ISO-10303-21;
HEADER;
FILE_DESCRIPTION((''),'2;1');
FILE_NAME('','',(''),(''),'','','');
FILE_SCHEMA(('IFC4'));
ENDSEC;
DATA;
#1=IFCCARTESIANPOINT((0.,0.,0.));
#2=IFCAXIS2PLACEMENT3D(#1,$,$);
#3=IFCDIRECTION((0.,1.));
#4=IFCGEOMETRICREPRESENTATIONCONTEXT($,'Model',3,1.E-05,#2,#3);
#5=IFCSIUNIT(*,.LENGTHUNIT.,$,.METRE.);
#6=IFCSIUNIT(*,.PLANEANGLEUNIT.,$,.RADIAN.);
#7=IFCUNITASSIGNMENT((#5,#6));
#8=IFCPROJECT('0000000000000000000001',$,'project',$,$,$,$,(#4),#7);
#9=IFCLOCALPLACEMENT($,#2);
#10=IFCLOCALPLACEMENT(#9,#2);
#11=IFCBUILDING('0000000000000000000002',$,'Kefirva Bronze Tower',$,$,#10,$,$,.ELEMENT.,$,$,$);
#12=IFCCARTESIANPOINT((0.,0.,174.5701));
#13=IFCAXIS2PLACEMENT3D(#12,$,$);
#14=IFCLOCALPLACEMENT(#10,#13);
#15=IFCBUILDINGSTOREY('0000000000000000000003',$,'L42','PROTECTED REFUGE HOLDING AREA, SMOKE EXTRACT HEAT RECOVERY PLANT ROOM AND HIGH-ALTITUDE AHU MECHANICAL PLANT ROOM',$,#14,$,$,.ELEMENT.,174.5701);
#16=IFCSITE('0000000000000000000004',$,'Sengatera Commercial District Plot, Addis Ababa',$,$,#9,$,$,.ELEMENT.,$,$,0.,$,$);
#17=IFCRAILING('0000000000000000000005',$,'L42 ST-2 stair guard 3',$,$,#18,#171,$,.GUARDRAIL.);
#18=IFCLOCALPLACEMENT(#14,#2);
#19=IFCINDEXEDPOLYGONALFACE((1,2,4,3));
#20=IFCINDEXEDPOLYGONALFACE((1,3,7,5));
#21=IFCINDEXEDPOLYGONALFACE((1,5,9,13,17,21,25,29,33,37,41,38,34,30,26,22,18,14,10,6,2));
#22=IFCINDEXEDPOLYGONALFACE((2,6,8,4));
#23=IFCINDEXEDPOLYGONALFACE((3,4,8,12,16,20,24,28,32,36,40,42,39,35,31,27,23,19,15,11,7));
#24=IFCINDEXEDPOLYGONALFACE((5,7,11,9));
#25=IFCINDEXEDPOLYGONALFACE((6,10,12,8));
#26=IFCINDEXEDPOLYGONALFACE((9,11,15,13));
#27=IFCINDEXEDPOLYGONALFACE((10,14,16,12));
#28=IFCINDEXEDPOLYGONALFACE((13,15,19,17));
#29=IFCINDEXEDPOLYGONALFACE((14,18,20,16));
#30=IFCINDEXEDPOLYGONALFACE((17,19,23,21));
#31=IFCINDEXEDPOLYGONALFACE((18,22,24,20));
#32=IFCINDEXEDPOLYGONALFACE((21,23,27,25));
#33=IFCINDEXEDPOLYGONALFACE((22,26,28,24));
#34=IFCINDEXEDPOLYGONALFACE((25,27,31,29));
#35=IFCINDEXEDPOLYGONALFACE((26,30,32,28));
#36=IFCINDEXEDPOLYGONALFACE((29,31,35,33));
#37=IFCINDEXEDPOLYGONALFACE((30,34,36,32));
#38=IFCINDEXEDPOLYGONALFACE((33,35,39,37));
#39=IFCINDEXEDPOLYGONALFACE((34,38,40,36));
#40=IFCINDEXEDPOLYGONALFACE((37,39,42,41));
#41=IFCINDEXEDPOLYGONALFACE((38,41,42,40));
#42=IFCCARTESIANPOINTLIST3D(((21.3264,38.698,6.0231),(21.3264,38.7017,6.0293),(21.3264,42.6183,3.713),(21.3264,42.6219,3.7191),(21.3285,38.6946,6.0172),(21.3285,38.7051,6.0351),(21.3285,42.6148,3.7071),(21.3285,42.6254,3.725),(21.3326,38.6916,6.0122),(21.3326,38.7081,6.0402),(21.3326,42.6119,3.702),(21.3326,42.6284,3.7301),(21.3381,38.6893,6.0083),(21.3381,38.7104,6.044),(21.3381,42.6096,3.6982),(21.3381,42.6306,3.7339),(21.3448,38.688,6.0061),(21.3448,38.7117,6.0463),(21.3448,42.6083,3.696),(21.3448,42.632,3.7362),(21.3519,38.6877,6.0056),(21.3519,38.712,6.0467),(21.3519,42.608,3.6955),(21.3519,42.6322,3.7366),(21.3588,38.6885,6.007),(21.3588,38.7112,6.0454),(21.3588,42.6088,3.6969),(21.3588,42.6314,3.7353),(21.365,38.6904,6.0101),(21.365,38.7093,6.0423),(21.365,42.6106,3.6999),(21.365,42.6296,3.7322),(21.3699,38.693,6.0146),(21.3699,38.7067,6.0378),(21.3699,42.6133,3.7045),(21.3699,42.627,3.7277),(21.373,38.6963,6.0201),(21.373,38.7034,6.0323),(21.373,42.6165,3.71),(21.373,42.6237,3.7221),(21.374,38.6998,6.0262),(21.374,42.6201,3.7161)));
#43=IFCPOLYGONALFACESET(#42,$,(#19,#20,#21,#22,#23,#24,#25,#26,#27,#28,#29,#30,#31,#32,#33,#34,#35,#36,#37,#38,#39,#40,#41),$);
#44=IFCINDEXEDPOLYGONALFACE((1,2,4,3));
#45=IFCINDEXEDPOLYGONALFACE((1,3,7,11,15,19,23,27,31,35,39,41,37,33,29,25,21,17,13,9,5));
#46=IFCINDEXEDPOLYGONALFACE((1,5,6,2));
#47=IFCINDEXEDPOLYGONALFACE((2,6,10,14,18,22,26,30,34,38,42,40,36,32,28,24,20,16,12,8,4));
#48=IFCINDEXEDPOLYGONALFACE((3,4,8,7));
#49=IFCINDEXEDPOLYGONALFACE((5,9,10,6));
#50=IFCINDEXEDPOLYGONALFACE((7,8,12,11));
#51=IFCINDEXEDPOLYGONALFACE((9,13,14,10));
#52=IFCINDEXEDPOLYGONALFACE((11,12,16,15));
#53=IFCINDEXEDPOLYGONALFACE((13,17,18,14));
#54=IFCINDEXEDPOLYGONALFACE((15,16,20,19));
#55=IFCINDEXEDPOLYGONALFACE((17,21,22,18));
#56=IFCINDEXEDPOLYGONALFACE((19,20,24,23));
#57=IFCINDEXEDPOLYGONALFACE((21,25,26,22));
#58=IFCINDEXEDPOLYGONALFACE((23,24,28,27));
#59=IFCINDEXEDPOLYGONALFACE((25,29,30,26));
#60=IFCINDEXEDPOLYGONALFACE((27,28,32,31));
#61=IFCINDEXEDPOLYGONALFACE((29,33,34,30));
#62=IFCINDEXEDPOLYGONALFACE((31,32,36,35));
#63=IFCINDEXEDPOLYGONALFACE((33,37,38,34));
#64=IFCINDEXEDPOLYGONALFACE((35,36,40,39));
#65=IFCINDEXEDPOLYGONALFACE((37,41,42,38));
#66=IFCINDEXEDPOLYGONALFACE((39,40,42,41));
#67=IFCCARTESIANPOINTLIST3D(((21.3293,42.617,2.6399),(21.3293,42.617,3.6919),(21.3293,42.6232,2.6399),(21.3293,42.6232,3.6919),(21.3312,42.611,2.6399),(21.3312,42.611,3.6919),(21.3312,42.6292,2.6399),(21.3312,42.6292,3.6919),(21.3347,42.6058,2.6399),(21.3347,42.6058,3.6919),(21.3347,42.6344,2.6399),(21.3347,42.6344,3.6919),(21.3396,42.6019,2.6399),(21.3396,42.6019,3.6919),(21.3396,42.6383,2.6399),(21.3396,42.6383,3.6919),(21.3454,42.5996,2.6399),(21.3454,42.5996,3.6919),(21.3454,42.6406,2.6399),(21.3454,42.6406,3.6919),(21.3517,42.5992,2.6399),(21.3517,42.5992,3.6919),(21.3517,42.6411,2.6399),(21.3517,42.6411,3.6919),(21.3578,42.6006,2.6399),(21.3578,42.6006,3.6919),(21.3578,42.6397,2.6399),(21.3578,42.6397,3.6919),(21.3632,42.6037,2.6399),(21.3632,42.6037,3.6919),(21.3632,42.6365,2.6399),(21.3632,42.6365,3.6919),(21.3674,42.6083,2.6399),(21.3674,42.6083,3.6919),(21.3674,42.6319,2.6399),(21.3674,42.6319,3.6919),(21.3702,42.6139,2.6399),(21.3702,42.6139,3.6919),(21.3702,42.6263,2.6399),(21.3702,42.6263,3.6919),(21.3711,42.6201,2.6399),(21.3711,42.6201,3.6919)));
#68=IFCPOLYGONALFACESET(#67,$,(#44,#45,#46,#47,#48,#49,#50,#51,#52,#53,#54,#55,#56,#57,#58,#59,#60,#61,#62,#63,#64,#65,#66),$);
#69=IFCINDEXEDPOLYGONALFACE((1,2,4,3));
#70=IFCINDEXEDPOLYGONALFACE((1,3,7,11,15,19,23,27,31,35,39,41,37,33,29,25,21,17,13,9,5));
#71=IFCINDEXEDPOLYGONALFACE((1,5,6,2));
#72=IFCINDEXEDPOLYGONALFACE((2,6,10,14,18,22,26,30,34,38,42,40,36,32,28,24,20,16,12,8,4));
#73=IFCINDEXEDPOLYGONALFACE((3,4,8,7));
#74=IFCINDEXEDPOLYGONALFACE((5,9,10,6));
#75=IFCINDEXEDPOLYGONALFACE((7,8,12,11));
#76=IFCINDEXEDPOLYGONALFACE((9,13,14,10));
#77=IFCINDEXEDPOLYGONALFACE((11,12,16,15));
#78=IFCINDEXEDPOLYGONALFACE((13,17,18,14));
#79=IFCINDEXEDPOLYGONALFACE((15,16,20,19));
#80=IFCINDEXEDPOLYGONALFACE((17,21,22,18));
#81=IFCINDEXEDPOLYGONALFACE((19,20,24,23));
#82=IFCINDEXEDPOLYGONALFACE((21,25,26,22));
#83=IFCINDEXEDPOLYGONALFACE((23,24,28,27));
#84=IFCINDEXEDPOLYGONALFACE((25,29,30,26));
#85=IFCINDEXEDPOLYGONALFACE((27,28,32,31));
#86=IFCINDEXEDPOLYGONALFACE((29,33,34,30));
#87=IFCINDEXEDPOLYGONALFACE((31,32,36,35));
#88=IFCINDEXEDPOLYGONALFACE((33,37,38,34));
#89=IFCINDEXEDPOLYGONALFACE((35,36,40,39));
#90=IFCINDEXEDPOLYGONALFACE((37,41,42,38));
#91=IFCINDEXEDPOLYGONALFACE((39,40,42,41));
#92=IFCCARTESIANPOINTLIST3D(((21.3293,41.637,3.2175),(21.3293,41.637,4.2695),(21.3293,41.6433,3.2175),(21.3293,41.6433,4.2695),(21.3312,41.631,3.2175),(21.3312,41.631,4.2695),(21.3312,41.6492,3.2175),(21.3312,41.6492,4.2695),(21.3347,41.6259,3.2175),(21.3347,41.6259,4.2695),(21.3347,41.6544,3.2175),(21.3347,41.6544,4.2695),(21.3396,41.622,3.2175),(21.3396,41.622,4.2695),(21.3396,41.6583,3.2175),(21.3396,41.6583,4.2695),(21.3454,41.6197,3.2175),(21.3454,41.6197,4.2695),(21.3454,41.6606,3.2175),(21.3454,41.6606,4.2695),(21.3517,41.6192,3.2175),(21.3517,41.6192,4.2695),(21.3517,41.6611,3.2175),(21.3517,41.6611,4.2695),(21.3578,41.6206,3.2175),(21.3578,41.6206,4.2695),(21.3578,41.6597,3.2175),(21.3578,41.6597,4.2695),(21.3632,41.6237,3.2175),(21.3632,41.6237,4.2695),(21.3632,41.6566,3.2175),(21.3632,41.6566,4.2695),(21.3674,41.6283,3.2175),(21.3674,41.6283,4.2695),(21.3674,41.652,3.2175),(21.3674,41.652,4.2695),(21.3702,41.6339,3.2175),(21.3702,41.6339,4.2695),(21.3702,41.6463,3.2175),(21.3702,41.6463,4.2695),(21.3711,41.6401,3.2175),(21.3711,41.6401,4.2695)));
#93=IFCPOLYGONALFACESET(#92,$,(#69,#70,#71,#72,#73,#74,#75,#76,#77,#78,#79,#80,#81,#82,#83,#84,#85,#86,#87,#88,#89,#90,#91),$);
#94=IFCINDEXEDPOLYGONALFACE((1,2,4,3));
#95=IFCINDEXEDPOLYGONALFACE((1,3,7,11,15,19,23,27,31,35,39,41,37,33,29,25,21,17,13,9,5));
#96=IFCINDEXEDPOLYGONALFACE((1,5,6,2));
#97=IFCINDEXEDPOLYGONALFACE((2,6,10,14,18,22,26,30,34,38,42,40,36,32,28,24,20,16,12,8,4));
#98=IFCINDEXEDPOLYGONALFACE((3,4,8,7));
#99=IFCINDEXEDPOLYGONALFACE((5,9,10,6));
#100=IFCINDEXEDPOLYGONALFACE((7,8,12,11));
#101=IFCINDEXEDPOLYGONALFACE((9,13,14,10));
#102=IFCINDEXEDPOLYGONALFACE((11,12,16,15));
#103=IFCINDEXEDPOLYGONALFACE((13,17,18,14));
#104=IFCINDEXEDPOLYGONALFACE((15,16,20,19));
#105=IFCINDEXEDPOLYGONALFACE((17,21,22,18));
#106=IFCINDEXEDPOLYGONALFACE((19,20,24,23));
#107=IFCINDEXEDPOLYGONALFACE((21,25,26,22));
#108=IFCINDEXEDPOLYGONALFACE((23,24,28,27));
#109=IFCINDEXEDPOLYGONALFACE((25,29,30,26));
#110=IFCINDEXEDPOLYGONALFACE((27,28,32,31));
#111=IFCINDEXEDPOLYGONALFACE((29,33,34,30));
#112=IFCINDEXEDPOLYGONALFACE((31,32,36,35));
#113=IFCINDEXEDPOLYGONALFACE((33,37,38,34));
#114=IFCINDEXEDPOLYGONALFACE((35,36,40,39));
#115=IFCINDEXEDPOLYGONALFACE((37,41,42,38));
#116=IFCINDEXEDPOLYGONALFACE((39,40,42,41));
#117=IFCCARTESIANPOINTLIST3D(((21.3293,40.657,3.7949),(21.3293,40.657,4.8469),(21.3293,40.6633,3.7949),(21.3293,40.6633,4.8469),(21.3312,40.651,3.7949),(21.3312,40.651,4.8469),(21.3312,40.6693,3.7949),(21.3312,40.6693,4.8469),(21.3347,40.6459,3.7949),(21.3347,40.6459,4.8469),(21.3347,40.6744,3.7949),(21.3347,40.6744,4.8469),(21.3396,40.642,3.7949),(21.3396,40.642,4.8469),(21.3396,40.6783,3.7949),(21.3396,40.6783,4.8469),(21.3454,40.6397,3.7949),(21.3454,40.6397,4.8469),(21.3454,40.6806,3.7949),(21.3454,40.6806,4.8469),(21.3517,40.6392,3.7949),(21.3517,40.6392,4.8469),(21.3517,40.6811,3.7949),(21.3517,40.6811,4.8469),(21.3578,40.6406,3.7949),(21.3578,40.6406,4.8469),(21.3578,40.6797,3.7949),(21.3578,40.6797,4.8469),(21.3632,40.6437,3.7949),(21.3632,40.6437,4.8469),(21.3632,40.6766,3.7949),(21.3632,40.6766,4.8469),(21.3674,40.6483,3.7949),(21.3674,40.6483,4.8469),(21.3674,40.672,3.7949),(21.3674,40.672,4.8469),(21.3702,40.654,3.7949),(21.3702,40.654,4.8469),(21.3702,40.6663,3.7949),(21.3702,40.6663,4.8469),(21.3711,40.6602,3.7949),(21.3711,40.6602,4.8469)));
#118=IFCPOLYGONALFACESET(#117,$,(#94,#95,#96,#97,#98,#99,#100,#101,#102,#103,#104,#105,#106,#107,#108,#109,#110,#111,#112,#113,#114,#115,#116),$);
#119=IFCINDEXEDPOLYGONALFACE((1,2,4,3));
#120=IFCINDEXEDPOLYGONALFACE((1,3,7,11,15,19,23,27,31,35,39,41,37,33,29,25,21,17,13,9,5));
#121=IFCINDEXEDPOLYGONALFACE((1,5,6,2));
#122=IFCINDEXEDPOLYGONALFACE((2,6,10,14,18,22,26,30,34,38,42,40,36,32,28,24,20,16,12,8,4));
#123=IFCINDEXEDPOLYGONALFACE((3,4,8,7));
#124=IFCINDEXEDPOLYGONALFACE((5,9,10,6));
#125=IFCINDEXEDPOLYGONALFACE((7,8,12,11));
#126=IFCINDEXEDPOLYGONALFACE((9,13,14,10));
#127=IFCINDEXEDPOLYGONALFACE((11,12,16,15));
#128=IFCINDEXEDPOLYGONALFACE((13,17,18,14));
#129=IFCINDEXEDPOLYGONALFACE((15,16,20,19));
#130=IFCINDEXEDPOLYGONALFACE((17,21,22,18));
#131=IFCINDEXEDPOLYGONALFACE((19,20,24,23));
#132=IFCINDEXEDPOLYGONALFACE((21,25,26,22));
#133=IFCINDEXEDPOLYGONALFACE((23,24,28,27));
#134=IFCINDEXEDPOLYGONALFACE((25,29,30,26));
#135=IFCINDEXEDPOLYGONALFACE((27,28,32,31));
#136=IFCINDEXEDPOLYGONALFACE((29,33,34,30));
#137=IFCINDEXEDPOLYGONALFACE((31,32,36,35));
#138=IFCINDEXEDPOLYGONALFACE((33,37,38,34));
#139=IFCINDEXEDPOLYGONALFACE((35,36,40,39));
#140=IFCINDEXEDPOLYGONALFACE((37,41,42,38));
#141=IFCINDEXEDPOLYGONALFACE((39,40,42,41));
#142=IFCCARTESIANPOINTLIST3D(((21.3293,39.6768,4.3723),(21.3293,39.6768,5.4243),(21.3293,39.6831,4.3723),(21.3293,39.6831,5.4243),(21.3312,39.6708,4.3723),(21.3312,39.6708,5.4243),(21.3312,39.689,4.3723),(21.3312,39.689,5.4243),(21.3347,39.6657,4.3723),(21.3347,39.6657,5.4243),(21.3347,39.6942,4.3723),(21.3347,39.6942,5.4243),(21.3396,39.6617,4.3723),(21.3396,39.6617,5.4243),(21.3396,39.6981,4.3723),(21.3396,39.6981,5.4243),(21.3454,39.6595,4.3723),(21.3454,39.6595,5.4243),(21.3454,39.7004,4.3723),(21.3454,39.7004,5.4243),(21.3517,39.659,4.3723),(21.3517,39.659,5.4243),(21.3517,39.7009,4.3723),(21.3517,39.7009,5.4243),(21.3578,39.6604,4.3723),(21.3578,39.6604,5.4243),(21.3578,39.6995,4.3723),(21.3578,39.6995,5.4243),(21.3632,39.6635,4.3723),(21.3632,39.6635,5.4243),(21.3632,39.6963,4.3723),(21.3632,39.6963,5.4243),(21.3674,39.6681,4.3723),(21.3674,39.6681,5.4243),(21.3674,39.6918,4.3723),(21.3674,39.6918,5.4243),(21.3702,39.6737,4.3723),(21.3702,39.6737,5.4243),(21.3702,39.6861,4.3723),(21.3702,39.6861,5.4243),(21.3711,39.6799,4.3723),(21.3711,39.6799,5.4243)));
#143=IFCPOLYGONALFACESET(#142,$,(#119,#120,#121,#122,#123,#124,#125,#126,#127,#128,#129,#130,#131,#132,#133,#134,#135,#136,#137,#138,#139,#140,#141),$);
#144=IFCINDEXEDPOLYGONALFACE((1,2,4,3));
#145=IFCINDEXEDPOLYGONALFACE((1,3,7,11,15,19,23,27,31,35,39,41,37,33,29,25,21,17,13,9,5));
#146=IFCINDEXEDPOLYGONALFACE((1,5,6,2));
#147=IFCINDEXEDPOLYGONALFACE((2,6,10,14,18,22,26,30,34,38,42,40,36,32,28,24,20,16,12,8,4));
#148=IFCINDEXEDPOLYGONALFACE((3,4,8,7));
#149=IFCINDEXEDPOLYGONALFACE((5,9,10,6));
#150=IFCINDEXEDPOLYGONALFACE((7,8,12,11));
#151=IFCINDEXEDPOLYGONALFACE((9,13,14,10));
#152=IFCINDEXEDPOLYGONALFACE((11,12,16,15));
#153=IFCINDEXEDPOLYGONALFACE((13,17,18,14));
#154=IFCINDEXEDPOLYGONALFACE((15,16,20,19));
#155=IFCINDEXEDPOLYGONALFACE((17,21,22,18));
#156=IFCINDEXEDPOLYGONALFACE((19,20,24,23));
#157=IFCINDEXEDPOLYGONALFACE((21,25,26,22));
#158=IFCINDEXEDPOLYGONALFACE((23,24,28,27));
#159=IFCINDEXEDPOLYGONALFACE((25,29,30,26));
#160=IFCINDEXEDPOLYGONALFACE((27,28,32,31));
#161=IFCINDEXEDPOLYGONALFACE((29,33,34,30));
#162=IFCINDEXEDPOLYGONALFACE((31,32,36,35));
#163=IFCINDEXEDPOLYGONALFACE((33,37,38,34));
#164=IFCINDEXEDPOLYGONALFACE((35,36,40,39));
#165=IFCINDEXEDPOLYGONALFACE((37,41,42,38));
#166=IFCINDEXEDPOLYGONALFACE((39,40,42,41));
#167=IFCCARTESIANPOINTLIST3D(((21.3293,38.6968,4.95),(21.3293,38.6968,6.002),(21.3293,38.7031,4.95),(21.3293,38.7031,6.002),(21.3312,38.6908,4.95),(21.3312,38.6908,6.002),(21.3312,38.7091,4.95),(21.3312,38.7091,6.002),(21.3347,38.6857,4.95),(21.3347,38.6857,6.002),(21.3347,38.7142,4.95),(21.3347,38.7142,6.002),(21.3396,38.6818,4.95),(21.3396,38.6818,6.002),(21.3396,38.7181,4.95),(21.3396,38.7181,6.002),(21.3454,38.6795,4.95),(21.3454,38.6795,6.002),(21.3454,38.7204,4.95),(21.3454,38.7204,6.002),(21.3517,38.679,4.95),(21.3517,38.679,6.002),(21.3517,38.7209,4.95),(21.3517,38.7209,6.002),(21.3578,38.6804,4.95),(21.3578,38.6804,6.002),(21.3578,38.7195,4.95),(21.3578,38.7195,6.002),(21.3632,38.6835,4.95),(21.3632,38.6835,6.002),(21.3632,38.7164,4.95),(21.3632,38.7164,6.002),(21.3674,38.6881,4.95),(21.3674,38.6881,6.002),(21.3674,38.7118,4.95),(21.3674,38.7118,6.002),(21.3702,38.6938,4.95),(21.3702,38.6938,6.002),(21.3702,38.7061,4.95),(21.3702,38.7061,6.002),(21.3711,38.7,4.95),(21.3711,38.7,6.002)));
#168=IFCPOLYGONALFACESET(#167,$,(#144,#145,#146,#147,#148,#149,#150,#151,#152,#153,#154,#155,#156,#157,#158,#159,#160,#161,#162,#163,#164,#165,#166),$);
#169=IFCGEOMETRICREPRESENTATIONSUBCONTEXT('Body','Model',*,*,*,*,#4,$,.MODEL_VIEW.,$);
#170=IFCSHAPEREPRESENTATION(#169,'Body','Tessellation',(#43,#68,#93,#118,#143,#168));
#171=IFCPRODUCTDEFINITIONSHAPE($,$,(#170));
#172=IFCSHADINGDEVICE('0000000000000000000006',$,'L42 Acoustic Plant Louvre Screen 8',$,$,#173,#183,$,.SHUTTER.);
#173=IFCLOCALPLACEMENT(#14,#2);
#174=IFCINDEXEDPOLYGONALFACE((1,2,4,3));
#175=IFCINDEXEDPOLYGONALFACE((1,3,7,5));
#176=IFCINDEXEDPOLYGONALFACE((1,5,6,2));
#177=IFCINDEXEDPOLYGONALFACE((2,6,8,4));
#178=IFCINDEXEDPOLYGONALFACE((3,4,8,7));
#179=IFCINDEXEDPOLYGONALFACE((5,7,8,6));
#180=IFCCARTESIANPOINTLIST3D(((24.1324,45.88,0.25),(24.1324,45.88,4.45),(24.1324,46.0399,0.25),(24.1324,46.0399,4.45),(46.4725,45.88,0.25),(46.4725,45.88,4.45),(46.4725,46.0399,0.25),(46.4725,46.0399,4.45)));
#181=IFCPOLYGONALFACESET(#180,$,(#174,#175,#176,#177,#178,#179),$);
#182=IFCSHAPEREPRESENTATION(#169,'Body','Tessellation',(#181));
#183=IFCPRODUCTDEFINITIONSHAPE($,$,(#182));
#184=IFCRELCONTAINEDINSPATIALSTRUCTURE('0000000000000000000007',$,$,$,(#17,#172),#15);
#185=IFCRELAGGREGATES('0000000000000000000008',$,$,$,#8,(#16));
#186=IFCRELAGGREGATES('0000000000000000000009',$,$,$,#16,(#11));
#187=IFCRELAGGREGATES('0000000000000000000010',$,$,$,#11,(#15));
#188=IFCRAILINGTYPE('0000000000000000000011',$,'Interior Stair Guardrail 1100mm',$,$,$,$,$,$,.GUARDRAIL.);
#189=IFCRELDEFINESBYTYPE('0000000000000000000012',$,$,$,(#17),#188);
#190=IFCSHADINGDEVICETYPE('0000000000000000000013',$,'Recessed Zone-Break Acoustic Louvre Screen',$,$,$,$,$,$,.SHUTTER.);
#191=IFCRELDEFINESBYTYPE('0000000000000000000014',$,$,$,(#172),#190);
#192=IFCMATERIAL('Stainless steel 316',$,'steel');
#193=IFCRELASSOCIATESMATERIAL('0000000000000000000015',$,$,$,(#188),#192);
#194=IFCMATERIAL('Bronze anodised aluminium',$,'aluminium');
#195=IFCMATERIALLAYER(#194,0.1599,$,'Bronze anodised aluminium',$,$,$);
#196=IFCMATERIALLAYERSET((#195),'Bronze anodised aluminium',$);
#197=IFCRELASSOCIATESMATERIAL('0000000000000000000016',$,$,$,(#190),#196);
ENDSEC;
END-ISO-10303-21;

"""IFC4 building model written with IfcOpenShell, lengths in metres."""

from ifc_helpers import new_model, si_unit, direction, frame, origin, origin_2d, place, context, subcontext, project, spatial, rectangle, circle, extrude, material, layer, layer_set, type_object, element, save


model = new_model("IFC4")

# Units and contexts
model_context = context("Model", 3, precision=1e-05, world=origin(), true_north=direction((0.0, 1.0)))
body_context = subcontext(model_context, "Body", "Model", "MODEL_VIEW")
ifc_project = project(units=[si_unit("LENGTHUNIT", "METRE"), si_unit("PLANEANGLEUNIT", "RADIAN")], contexts=[model_context])

# Site, building, storey
site_placement = place(None, origin())
site = spatial("IfcSite", under=ifc_project, at=site_placement, Name="Sengatera Commercial District Plot, Addis Ababa", CompositionType="ELEMENT", RefElevation=0.0)
building_placement = place(site_placement, origin())
building = spatial("IfcBuilding", under=site, at=building_placement, Name="Kefirva Bronze Tower", CompositionType="ELEMENT")
storey_placement = place(building_placement, frame((0.0, 0.0, 174.5701)))
storey = spatial("IfcBuildingStorey", under=building, at=storey_placement, Name="L42", Description="PROTECTED REFUGE HOLDING AREA, SMOKE EXTRACT HEAT RECOVERY PLANT ROOM AND HIGH-ALTITUDE AHU MECHANICAL PLANT ROOM", CompositionType="ELEMENT", Elevation=174.5701)

# Shared definitions
ifc_material_1 = material(Name="Bronze anodised aluminium", Category="aluminium")

# Railing
ifc_material_2 = material(Name="Stainless steel 316", Category="steel")
railing_type_1 = type_object("IfcRailingType", Name="Interior Stair Guardrail 1100mm", PredefinedType="GUARDRAIL", material=ifc_material_2)
railing_1_placement = place(storey_placement, frame((21.3501, 42.6201, 2.6399)))
element("IfcRailing", 1, at=railing_1_placement, inside=storey, type_object=railing_type_1, Name="L42 ST-2 stair guard 3", PredefinedType="GUARDRAIL", context=body_context, shape_type="SweptSolid", body=[
    extrude(circle(Radius=0.0239, at=origin_2d()), frame((0.0, 0.0, 1.0762), z_axis=(0.0, -0.861542, 0.507686), x_axis=(1.0, 0.0, 0.0)), (0.0, 0.0, 1.0), 4.5503),
    extrude(circle(Radius=0.021, at=origin_2d()), origin(), (0.0, 0.0, 1.0), 1.052),
    extrude(circle(Radius=0.021, at=origin_2d()), frame((0.0, -0.98, 0.5776)), (0.0, 0.0, 1.0), 1.052),
    extrude(circle(Radius=0.021, at=origin_2d()), frame((0.0, -1.96, 1.155)), (0.0, 0.0, 1.0), 1.052),
    extrude(circle(Radius=0.021, at=origin_2d()), frame((0.0, -2.9402, 1.7324)), (0.0, 0.0, 1.0), 1.052),
    extrude(circle(Radius=0.021, at=origin_2d()), frame((0.0, -3.9202, 2.3101)), (0.0, 0.0, 1.0), 1.052),
])

# Shading device
ifc_layer_1 = layer(ifc_material_1, 0.1599, Name="Bronze anodised aluminium")
ifc_layer_set_1 = layer_set([ifc_layer_1], Name="Bronze anodised aluminium")
shading_device_type_1 = type_object("IfcShadingDeviceType", Name="Recessed Zone-Break Acoustic Louvre Screen", PredefinedType="SHUTTER", material=ifc_layer_set_1)
shading_device_1_placement = place(storey_placement, frame((35.3025, 45.96, 0.25), z_axis=(0.0, 0.0, 1.0), x_axis=(-1.0, 0.0, 0.0)))
element("IfcShadingDevice", 2, at=shading_device_1_placement, inside=storey, type_object=shading_device_type_1, Name="L42 Acoustic Plant Louvre Screen 8", PredefinedType="SHUTTER", context=body_context, shape_type="SweptSolid", body=[
    extrude(rectangle(XDim=22.3401, YDim=0.1599, at=origin_2d()), origin(), (0.0, 0.0, 1.0), 4.2),
])

save(model, "model.ifc")
